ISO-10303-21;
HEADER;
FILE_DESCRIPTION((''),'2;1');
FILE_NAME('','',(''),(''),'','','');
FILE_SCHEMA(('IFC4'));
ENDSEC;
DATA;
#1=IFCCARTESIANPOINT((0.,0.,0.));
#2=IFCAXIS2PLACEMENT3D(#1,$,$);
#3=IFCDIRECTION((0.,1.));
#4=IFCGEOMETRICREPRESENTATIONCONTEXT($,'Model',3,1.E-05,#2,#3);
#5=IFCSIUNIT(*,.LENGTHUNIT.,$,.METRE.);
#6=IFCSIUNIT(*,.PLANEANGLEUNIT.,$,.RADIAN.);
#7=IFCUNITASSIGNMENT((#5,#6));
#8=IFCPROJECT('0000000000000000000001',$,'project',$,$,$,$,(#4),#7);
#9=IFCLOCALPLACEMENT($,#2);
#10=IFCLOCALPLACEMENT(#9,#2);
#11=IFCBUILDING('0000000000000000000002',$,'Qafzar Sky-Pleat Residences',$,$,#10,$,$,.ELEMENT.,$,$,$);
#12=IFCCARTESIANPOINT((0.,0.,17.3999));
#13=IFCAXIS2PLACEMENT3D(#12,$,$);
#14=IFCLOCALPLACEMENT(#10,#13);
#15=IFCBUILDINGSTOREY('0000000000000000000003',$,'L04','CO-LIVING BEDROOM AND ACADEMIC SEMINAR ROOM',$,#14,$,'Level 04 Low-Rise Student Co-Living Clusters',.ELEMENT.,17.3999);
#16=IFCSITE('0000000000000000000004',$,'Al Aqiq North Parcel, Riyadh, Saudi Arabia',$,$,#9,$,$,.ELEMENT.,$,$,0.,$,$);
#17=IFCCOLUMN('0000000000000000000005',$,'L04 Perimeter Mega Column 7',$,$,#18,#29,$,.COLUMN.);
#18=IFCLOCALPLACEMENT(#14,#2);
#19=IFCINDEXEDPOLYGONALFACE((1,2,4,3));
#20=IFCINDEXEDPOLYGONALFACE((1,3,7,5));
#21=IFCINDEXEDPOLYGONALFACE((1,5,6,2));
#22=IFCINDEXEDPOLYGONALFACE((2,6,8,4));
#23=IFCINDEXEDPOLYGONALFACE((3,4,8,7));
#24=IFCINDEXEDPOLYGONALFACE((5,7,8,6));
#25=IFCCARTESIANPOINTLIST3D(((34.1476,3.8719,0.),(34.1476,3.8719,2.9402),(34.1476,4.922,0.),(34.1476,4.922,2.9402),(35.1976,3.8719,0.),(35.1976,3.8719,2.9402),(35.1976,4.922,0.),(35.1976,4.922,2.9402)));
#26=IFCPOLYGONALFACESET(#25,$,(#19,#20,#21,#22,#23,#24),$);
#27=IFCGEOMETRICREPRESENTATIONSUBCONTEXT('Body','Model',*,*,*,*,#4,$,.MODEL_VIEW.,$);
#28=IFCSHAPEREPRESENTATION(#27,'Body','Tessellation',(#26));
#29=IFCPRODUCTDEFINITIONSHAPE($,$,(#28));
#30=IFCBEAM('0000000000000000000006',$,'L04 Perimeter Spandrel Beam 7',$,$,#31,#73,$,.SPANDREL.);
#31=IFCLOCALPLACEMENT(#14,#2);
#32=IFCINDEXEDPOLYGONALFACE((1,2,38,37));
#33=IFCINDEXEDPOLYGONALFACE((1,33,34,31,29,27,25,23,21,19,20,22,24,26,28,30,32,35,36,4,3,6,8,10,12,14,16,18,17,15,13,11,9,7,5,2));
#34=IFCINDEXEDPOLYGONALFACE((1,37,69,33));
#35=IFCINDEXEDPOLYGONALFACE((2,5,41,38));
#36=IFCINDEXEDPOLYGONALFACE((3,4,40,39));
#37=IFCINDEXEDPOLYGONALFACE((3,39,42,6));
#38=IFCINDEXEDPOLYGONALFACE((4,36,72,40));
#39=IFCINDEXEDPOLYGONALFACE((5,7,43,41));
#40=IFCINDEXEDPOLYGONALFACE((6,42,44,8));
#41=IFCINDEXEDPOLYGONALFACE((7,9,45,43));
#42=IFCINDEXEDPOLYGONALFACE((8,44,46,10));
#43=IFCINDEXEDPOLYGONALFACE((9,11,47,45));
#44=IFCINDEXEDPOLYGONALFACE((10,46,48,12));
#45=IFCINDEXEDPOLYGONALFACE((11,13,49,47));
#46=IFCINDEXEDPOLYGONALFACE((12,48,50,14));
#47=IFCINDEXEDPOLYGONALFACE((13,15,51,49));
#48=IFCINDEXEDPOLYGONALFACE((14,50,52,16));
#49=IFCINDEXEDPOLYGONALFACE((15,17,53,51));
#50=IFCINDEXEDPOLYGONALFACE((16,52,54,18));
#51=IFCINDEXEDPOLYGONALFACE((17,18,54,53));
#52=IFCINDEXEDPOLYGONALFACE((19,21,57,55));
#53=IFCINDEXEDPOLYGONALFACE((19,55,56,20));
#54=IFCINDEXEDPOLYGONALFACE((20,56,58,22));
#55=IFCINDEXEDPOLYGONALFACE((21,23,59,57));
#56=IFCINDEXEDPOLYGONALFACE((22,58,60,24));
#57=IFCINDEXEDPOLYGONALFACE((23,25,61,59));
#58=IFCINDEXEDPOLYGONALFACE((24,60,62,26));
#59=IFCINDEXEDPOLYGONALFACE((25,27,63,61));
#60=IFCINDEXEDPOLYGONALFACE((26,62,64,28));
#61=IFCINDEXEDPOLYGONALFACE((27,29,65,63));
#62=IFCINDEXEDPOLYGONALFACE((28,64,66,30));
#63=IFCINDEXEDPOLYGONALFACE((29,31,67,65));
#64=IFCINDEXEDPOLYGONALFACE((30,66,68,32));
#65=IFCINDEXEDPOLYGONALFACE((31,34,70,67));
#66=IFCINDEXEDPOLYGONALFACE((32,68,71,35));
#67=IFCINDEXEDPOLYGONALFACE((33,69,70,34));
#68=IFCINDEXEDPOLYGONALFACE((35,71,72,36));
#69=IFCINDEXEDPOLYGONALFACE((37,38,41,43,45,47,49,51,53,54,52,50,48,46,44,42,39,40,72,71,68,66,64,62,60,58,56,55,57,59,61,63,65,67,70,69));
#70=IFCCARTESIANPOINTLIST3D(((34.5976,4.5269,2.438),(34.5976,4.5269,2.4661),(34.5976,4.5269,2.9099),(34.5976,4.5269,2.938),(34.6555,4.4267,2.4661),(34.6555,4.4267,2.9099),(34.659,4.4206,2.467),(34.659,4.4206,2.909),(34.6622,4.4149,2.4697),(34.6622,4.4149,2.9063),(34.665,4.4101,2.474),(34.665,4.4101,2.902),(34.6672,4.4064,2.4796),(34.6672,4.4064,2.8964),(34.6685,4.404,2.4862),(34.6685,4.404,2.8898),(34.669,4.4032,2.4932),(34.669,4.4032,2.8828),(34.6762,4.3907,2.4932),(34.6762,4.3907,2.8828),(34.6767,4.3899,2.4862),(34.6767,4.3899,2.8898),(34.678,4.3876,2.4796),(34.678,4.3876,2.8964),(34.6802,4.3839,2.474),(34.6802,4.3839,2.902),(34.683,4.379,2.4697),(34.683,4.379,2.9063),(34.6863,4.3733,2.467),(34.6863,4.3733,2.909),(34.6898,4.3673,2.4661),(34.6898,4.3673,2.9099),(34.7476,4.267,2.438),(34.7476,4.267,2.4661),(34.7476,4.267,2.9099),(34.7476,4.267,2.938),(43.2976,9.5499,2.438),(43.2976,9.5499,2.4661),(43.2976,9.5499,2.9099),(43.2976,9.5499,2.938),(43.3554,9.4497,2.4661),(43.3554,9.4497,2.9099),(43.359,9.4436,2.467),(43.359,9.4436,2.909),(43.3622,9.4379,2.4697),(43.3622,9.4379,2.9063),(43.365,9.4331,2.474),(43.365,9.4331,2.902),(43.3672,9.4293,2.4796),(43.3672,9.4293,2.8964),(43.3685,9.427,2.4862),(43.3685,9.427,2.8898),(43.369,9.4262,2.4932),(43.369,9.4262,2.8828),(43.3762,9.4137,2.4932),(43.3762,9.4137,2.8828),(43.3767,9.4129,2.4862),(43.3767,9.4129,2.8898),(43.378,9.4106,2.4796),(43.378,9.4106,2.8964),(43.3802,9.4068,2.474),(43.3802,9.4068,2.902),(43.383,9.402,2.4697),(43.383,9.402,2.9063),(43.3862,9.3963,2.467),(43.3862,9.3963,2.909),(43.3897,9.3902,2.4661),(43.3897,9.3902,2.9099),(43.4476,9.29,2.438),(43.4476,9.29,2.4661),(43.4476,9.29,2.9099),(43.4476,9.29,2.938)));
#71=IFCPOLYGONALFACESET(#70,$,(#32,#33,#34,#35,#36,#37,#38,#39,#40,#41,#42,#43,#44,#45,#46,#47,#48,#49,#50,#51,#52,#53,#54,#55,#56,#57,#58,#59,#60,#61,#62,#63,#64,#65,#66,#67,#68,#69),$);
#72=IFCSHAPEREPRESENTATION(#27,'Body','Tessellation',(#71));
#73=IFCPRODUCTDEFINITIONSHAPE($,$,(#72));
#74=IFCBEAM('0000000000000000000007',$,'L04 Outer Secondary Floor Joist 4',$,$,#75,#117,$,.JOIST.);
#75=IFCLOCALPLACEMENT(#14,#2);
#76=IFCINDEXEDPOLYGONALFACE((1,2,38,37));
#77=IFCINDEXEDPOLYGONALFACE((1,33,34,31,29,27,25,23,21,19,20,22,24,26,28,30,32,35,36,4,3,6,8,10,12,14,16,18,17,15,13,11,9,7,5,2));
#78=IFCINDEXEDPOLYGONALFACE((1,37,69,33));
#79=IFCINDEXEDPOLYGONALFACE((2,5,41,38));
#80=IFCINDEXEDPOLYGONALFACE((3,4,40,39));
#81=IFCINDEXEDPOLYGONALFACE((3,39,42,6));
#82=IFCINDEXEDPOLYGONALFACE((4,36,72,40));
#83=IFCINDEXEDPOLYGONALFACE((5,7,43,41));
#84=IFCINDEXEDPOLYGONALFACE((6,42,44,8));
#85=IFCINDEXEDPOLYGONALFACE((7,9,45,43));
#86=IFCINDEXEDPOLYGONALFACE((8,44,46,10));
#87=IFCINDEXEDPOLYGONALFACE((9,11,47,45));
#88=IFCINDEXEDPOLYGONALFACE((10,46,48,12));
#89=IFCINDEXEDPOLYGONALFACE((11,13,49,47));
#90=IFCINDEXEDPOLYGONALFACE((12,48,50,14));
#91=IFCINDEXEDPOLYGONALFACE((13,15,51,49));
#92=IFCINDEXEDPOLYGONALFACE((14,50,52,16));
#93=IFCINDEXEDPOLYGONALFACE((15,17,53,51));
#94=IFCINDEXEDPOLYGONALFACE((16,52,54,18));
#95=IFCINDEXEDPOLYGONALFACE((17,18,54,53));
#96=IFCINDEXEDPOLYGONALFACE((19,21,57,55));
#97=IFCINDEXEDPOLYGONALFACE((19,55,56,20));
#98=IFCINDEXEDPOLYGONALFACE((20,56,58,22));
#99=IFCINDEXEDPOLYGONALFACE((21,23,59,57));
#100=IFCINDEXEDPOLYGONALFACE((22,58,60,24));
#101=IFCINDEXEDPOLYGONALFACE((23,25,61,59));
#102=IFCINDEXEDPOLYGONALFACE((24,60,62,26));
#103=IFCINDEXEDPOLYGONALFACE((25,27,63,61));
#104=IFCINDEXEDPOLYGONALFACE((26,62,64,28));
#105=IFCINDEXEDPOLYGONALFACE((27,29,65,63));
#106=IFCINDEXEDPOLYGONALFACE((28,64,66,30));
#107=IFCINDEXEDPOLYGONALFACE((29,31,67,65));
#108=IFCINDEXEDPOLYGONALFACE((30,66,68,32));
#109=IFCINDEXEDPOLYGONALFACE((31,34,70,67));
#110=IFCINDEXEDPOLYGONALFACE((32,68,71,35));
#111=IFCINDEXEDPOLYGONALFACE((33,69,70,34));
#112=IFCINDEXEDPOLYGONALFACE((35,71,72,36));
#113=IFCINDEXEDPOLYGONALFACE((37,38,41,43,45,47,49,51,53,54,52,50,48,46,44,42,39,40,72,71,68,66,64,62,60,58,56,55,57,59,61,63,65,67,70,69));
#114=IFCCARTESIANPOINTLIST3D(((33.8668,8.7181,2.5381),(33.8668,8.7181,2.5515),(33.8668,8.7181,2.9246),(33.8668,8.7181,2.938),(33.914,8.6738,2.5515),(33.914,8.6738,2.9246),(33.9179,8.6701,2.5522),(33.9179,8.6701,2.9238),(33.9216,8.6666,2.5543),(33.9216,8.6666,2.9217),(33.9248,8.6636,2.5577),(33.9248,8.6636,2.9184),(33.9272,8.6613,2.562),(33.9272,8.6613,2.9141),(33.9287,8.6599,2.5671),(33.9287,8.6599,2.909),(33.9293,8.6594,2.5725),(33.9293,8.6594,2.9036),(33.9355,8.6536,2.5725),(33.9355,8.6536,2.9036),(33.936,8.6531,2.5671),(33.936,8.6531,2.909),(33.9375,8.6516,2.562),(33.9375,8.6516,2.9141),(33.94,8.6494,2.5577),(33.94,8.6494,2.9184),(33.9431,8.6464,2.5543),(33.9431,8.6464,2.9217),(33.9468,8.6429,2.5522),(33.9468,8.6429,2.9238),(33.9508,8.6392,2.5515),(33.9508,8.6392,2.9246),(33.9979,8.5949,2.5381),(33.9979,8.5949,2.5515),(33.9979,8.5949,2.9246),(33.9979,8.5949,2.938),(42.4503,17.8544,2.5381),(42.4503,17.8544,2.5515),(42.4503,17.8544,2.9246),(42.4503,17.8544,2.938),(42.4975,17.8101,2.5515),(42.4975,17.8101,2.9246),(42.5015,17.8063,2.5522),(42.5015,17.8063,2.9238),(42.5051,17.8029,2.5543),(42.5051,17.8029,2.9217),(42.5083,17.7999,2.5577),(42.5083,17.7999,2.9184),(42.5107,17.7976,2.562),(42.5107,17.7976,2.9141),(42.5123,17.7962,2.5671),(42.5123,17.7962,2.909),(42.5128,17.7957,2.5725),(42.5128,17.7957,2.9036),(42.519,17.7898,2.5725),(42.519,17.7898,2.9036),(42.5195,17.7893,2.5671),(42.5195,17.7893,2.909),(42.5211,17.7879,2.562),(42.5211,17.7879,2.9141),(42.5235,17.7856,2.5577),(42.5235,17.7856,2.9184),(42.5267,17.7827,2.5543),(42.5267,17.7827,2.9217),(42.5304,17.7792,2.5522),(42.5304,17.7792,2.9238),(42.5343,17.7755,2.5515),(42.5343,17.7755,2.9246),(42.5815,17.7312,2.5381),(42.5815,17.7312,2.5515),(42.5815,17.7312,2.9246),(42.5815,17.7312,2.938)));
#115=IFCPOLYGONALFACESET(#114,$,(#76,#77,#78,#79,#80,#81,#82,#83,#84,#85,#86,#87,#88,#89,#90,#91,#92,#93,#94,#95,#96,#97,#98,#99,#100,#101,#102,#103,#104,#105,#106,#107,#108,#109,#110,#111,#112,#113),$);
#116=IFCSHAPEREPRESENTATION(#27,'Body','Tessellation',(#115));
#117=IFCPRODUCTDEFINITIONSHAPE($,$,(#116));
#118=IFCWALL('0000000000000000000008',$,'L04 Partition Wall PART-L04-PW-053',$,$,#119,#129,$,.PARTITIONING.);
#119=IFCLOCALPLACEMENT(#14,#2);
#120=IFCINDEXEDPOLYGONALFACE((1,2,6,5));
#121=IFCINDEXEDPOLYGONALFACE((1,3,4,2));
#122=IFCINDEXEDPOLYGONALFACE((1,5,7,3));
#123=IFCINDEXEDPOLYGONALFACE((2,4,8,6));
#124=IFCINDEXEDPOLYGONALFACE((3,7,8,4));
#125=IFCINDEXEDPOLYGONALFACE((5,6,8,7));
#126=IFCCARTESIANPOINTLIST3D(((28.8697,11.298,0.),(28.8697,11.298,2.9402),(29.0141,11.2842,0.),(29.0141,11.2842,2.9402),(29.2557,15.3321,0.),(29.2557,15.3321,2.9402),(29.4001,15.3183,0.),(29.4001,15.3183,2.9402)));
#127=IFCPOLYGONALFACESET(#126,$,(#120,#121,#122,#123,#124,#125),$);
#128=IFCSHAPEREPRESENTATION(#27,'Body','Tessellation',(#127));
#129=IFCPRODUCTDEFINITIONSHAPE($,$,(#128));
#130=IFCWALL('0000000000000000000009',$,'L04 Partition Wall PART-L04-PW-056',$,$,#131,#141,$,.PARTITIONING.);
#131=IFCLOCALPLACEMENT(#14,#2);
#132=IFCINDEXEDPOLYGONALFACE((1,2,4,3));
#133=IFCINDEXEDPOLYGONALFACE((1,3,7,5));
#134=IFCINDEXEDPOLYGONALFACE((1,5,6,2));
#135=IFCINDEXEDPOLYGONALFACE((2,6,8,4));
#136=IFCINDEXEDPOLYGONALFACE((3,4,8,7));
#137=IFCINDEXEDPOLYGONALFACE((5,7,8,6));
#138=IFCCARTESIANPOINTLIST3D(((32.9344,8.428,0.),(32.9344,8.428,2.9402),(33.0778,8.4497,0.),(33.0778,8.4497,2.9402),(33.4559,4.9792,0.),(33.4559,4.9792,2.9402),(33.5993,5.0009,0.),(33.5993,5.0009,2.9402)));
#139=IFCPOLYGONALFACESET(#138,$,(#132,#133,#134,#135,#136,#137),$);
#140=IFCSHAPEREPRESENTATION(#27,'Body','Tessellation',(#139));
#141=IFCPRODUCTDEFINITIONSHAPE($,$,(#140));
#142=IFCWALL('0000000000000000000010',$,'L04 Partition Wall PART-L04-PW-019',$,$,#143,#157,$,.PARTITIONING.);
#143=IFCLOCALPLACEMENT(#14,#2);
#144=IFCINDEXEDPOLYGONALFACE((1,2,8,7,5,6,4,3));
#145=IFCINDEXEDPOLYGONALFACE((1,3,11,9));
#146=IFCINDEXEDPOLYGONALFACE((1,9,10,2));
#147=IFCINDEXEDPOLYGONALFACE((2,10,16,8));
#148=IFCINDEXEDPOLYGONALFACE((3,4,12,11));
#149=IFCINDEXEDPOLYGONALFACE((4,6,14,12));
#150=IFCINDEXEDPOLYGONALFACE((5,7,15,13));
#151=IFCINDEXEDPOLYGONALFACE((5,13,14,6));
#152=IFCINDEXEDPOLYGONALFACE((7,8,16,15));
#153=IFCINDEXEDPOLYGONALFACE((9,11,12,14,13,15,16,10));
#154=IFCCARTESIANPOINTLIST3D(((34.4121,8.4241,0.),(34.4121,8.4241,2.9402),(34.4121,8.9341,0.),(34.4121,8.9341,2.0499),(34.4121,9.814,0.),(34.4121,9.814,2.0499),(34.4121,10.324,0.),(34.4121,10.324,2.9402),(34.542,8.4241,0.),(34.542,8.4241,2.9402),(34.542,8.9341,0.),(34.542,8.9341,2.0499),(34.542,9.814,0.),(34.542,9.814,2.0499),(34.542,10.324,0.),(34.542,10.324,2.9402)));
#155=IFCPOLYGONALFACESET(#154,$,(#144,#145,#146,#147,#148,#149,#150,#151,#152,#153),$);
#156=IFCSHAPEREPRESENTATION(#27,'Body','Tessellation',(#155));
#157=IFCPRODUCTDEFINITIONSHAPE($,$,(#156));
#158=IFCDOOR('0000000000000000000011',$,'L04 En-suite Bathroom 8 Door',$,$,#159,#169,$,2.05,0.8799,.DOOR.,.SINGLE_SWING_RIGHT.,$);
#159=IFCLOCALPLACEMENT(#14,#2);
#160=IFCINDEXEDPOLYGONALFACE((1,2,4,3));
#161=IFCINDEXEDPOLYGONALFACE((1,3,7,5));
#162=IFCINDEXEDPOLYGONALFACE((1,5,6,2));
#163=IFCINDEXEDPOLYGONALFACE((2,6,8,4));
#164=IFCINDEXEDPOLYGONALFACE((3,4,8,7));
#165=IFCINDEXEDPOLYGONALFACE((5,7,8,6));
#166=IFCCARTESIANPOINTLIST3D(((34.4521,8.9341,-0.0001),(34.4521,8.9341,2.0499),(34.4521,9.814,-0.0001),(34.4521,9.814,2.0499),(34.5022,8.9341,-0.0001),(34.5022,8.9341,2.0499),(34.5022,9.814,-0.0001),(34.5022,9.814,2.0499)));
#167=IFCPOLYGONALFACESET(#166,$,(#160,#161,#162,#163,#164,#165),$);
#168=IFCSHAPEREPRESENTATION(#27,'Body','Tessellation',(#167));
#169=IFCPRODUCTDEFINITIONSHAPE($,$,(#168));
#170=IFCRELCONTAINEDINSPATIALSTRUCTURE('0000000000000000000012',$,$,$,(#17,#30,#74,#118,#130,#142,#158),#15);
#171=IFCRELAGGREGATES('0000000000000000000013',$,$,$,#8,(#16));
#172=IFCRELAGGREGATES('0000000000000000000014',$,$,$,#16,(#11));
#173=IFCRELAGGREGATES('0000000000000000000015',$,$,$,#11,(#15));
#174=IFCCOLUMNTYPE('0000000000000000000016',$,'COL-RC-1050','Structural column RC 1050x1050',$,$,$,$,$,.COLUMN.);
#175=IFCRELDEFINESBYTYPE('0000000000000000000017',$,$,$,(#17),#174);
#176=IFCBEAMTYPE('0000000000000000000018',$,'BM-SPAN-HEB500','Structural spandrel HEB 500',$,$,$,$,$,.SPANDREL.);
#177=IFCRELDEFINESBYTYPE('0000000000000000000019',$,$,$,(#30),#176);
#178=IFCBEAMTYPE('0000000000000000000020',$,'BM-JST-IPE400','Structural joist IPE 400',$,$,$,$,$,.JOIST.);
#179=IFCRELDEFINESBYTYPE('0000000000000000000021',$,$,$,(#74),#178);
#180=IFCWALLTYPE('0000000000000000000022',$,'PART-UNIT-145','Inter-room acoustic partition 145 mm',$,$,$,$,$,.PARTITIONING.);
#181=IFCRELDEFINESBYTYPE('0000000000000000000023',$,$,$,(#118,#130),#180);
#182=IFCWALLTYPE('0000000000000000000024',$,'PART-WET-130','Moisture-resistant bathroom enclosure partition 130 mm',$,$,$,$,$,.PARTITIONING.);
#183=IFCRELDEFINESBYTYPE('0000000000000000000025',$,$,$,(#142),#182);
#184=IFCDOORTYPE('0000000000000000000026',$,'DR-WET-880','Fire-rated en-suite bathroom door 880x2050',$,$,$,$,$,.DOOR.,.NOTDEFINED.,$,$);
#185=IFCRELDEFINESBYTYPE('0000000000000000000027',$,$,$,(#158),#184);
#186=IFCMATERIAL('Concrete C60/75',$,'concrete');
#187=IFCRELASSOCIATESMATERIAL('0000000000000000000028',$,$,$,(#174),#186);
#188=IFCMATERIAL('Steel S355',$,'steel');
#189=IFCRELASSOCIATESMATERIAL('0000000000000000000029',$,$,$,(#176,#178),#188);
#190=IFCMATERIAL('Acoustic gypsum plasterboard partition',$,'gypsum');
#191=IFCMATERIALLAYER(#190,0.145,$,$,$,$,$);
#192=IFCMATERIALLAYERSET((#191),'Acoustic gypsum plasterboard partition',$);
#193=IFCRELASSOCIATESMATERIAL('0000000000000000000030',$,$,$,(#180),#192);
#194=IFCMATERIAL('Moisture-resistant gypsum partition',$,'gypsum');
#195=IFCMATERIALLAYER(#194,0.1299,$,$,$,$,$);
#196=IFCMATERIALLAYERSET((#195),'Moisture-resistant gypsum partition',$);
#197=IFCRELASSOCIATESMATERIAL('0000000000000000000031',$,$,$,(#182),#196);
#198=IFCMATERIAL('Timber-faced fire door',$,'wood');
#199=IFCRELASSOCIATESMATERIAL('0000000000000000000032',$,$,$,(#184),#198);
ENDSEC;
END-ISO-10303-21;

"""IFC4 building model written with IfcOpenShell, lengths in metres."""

from ifc_helpers import new_model, si_unit, direction, frame, frame_2d, origin, origin_2d, place, context, subcontext, project, spatial, rectangle, i_section, extrude, source, transform, mapped, material, layer, layer_set, material_profile, profile_set, type_object, element, fill, save


model = new_model("IFC4")

# Units and contexts
model_context = context("Model", 3, precision=1e-05, world=origin(), true_north=direction((0.0, 1.0)))
body_context = subcontext(model_context, "Body", "Model", "MODEL_VIEW")
ifc_project = project(units=[si_unit("LENGTHUNIT", "METRE"), si_unit("PLANEANGLEUNIT", "RADIAN")], contexts=[model_context])

# Site, building, storey
site_placement = place(None, origin())
site = spatial("IfcSite", under=ifc_project, at=site_placement, Name="Al Aqiq North Parcel, Riyadh, Saudi Arabia", CompositionType="ELEMENT", RefElevation=0.0)
building_placement = place(site_placement, origin())
building = spatial("IfcBuilding", under=site, at=building_placement, Name="Qafzar Sky-Pleat Residences", CompositionType="ELEMENT")
storey_placement = place(building_placement, frame((0.0, 0.0, 17.3999)))
storey = spatial("IfcBuildingStorey", under=building, at=storey_placement, Name="L04", Description="CO-LIVING BEDROOM AND ACADEMIC SEMINAR ROOM", LongName="Level 04 Low-Rise Student Co-Living Clusters", CompositionType="ELEMENT", Elevation=17.3999)

# Column
ifc_material_1 = material(Name="Concrete C60/75", Category="concrete")
ifc_material_profile_1 = material_profile(ifc_material_1, rectangle(XDim=1.05, YDim=1.05, at=origin_2d()), Name="RC 1050x1050")
ifc_profile_set_1 = profile_set([ifc_material_profile_1], Name="Concrete C60/75")
column_type = type_object("IfcColumnType", Name="COL-RC-1050", Description="Structural column RC 1050x1050", PredefinedType="COLUMN", material=ifc_profile_set_1)
shared_shape_1 = source(origin(), body_context, "Body", "SweptSolid", [
    extrude(rectangle(XDim=1.05, YDim=1.05, at=origin_2d()), origin(), (0.0, 0.0, 1.0), 2.9402),
])
column_placement = place(storey_placement, frame((34.6726, 4.397, 0.0), z_axis=(0.0, 0.0, 1.0), x_axis=(1.0, 0.0, 0.0)))
element("IfcColumn", 1, at=column_placement, inside=storey, type_object=column_type, Name="L04 Perimeter Mega Column 7", PredefinedType="COLUMN", context=body_context, shape_type="MappedRepresentation", body=[
    mapped(shared_shape_1, transform((0.0, 0.0, 0.0), x_axis=(1.0, 0.0, 0.0), y_axis=(0.0, 1.0, 0.0), z_axis=(0.0, 0.0, 1.0), scale=1.0)),
])

# Beams
ifc_material_2 = material(Name="Steel S355", Category="steel")
ifc_material_profile_2 = material_profile(ifc_material_2, i_section(OverallWidth=0.3, OverallDepth=0.5, WebThickness=0.0144, FlangeThickness=0.0281, FilletRadius=0.0271, at=origin_2d()), Name="HEB 500")
ifc_profile_set_2 = profile_set([ifc_material_profile_2], Name="Steel S355")
beam_type_1 = type_object("IfcBeamType", Name="BM-SPAN-HEB500", Description="Structural spandrel HEB 500", PredefinedType="SPANDREL", material=ifc_profile_set_2)
shared_shape_2 = source(origin(), body_context, "Body", "SweptSolid", [
    extrude(i_section(OverallWidth=0.3, OverallDepth=0.5, WebThickness=0.0144, FlangeThickness=0.0281, FilletRadius=0.0271, at=origin_2d()), origin(), (0.0, 0.0, 1.0), 10.0459),
])
beam_1_placement = place(storey_placement, frame((34.6726, 4.397, 2.688), z_axis=(0.866024, 0.500002, 0.0), x_axis=(-0.500002, 0.866024, 0.0)))
element("IfcBeam", 2, at=beam_1_placement, inside=storey, type_object=beam_type_1, Name="L04 Perimeter Spandrel Beam 7", PredefinedType="SPANDREL", context=body_context, shape_type="MappedRepresentation", body=[
    mapped(shared_shape_2, transform((0.0, 0.0, 0.0), x_axis=(1.0, 0.0, 0.0), y_axis=(0.0, 1.0, 0.0), z_axis=(0.0, 0.0, 1.0), scale=1.0)),
])
ifc_material_profile_3 = material_profile(ifc_material_2, i_section(OverallWidth=0.1799, OverallDepth=0.3999, WebThickness=0.0085, FlangeThickness=0.0134, FilletRadius=0.021, at=origin_2d()), Name="IPE 400")
ifc_profile_set_3 = profile_set([ifc_material_profile_3], Name="Steel S355")
beam_type_2 = type_object("IfcBeamType", Name="BM-JST-IPE400", Description="Structural joist IPE 400", PredefinedType="JOIST", material=ifc_profile_set_3)
shared_shape_3 = source(origin(), body_context, "Body", "SweptSolid", [
    extrude(i_section(OverallWidth=0.1799, OverallDepth=0.3999, WebThickness=0.0085, FlangeThickness=0.0134, FilletRadius=0.021, at=origin_2d()), origin(), (0.0, 0.0, 1.0), 12.5359),
])
beam_2_placement = place(storey_placement, frame((33.9324, 8.6565, 2.738), z_axis=(0.684717, 0.728809, 0.0), x_axis=(-0.728809, 0.684717, 0.0)))
element("IfcBeam", 3, at=beam_2_placement, inside=storey, type_object=beam_type_2, Name="L04 Outer Secondary Floor Joist 4", PredefinedType="JOIST", context=body_context, shape_type="MappedRepresentation", body=[
    mapped(shared_shape_3, transform((0.0, 0.0, 0.0), x_axis=(1.0, 0.0, 0.0), y_axis=(0.0, 1.0, 0.0), z_axis=(0.0, 0.0, 1.0), scale=1.0)),
])

# Walls
ifc_material_3 = material(Name="Acoustic gypsum plasterboard partition", Category="gypsum")
ifc_layer_1 = layer(ifc_material_3, 0.145)
ifc_layer_set_1 = layer_set([ifc_layer_1], Name="Acoustic gypsum plasterboard partition")
wall_type_1 = type_object("IfcWallType", Name="PART-UNIT-145", Description="Inter-room acoustic partition 145 mm", PredefinedType="PARTITIONING", material=ifc_layer_set_1)
wall_1_placement = place(storey_placement, frame((28.9419, 11.291, 0.0), z_axis=(0.0, 0.0, 1.0), x_axis=(0.095244, 0.995454, 0.0)))
element("IfcWall", 4, at=wall_1_placement, inside=storey, type_object=wall_type_1, Name="L04 Partition Wall PART-L04-PW-053", PredefinedType="PARTITIONING", context=body_context, shape_type="SweptSolid", body=[
    extrude(rectangle(XDim=4.0525, YDim=0.145, at=frame_2d((2.0264, 0.0))), origin(), (0.0, 0.0, 1.0), 2.9402),
])
wall_2_placement = place(storey_placement, frame((33.0061, 8.439, 0.0), z_axis=(0.0, 0.0, 1.0), x_axis=(0.149511, -0.98876, 0.0)))
element("IfcWall", 5, at=wall_2_placement, inside=storey, type_object=wall_type_1, Name="L04 Partition Wall PART-L04-PW-056", PredefinedType="PARTITIONING", context=body_context, shape_type="SweptSolid", body=[
    extrude(rectangle(XDim=3.488, YDim=0.145, at=frame_2d((1.7441, 0.0))), origin(), (0.0, 0.0, 1.0), 2.9402),
])

# Wall, opening, door
ifc_material_4 = material(Name="Moisture-resistant gypsum partition", Category="gypsum")
ifc_layer_2 = layer(ifc_material_4, 0.1299)
ifc_layer_set_2 = layer_set([ifc_layer_2], Name="Moisture-resistant gypsum partition")
wall_type_2 = type_object("IfcWallType", Name="PART-WET-130", Description="Moisture-resistant bathroom enclosure partition 130 mm", PredefinedType="PARTITIONING", material=ifc_layer_set_2)
wall_3_placement = place(storey_placement, frame((34.4771, 8.4241, 0.0), z_axis=(0.0, 0.0, 1.0), x_axis=(0.0, 1.0, 0.0)))
wall_3 = element("IfcWall", 6, at=wall_3_placement, inside=storey, type_object=wall_type_2, Name="L04 Partition Wall PART-L04-PW-019", PredefinedType="PARTITIONING", context=body_context, shape_type="SweptSolid", body=[
    extrude(rectangle(XDim=1.8999, YDim=0.1299, at=frame_2d((0.95, 0.0))), origin(), (0.0, 0.0, 1.0), 2.9402),
])
opening_1_placement = place(wall_3_placement, frame((0.51, 0.0, 0.0)))
opening_1 = element("IfcOpeningElement", 7, at=opening_1_placement, cuts=wall_3, PredefinedType="OPENING", context=body_context, shape_type="SweptSolid", body=[
    extrude(rectangle(XDim=0.8799, YDim=2.05, at=frame_2d((0.4399, 1.0249))), frame((0.0, 0.075, 0.0), z_axis=(0.0, -1.0, 0.0), x_axis=(1.0, 0.0, 0.0)), (0.0, 0.0, 1.0), 0.1499),
])
ifc_material_5 = material(Name="Timber-faced fire door", Category="wood")
door_type = type_object("IfcDoorType", Name="DR-WET-880", Description="Fire-rated en-suite bathroom door 880x2050", OperationType="NOTDEFINED", PredefinedType="DOOR", material=ifc_material_5)
shared_shape_4 = source(origin(), body_context, "Body", "SweptSolid", [
    extrude(rectangle(XDim=0.8799, YDim=2.05, at=frame_2d((0.4399, 1.0249))), frame((0.0, 0.0249, 0.0), z_axis=(0.0, -1.0, 0.0), x_axis=(1.0, 0.0, 0.0)), (0.0, 0.0, 1.0), 0.05),
])
door_1_placement = place(opening_1_placement, origin())
door_1 = element("IfcDoor", 8, at=door_1_placement, inside=storey, type_object=door_type, Name="L04 En-suite Bathroom 8 Door", OperationType="SINGLE_SWING_RIGHT", OverallHeight=2.05, OverallWidth=0.8799, PredefinedType="DOOR", context=body_context, shape_type="MappedRepresentation", body=[
    mapped(shared_shape_4, transform((0.0, 0.0, 0.0), x_axis=(1.0, 0.0, 0.0), y_axis=(0.0, 1.0, 0.0), z_axis=(0.0, 0.0, 1.0), scale=1.0)),
])
fill(opening_1, door_1)

save(model, "model.ifc")
